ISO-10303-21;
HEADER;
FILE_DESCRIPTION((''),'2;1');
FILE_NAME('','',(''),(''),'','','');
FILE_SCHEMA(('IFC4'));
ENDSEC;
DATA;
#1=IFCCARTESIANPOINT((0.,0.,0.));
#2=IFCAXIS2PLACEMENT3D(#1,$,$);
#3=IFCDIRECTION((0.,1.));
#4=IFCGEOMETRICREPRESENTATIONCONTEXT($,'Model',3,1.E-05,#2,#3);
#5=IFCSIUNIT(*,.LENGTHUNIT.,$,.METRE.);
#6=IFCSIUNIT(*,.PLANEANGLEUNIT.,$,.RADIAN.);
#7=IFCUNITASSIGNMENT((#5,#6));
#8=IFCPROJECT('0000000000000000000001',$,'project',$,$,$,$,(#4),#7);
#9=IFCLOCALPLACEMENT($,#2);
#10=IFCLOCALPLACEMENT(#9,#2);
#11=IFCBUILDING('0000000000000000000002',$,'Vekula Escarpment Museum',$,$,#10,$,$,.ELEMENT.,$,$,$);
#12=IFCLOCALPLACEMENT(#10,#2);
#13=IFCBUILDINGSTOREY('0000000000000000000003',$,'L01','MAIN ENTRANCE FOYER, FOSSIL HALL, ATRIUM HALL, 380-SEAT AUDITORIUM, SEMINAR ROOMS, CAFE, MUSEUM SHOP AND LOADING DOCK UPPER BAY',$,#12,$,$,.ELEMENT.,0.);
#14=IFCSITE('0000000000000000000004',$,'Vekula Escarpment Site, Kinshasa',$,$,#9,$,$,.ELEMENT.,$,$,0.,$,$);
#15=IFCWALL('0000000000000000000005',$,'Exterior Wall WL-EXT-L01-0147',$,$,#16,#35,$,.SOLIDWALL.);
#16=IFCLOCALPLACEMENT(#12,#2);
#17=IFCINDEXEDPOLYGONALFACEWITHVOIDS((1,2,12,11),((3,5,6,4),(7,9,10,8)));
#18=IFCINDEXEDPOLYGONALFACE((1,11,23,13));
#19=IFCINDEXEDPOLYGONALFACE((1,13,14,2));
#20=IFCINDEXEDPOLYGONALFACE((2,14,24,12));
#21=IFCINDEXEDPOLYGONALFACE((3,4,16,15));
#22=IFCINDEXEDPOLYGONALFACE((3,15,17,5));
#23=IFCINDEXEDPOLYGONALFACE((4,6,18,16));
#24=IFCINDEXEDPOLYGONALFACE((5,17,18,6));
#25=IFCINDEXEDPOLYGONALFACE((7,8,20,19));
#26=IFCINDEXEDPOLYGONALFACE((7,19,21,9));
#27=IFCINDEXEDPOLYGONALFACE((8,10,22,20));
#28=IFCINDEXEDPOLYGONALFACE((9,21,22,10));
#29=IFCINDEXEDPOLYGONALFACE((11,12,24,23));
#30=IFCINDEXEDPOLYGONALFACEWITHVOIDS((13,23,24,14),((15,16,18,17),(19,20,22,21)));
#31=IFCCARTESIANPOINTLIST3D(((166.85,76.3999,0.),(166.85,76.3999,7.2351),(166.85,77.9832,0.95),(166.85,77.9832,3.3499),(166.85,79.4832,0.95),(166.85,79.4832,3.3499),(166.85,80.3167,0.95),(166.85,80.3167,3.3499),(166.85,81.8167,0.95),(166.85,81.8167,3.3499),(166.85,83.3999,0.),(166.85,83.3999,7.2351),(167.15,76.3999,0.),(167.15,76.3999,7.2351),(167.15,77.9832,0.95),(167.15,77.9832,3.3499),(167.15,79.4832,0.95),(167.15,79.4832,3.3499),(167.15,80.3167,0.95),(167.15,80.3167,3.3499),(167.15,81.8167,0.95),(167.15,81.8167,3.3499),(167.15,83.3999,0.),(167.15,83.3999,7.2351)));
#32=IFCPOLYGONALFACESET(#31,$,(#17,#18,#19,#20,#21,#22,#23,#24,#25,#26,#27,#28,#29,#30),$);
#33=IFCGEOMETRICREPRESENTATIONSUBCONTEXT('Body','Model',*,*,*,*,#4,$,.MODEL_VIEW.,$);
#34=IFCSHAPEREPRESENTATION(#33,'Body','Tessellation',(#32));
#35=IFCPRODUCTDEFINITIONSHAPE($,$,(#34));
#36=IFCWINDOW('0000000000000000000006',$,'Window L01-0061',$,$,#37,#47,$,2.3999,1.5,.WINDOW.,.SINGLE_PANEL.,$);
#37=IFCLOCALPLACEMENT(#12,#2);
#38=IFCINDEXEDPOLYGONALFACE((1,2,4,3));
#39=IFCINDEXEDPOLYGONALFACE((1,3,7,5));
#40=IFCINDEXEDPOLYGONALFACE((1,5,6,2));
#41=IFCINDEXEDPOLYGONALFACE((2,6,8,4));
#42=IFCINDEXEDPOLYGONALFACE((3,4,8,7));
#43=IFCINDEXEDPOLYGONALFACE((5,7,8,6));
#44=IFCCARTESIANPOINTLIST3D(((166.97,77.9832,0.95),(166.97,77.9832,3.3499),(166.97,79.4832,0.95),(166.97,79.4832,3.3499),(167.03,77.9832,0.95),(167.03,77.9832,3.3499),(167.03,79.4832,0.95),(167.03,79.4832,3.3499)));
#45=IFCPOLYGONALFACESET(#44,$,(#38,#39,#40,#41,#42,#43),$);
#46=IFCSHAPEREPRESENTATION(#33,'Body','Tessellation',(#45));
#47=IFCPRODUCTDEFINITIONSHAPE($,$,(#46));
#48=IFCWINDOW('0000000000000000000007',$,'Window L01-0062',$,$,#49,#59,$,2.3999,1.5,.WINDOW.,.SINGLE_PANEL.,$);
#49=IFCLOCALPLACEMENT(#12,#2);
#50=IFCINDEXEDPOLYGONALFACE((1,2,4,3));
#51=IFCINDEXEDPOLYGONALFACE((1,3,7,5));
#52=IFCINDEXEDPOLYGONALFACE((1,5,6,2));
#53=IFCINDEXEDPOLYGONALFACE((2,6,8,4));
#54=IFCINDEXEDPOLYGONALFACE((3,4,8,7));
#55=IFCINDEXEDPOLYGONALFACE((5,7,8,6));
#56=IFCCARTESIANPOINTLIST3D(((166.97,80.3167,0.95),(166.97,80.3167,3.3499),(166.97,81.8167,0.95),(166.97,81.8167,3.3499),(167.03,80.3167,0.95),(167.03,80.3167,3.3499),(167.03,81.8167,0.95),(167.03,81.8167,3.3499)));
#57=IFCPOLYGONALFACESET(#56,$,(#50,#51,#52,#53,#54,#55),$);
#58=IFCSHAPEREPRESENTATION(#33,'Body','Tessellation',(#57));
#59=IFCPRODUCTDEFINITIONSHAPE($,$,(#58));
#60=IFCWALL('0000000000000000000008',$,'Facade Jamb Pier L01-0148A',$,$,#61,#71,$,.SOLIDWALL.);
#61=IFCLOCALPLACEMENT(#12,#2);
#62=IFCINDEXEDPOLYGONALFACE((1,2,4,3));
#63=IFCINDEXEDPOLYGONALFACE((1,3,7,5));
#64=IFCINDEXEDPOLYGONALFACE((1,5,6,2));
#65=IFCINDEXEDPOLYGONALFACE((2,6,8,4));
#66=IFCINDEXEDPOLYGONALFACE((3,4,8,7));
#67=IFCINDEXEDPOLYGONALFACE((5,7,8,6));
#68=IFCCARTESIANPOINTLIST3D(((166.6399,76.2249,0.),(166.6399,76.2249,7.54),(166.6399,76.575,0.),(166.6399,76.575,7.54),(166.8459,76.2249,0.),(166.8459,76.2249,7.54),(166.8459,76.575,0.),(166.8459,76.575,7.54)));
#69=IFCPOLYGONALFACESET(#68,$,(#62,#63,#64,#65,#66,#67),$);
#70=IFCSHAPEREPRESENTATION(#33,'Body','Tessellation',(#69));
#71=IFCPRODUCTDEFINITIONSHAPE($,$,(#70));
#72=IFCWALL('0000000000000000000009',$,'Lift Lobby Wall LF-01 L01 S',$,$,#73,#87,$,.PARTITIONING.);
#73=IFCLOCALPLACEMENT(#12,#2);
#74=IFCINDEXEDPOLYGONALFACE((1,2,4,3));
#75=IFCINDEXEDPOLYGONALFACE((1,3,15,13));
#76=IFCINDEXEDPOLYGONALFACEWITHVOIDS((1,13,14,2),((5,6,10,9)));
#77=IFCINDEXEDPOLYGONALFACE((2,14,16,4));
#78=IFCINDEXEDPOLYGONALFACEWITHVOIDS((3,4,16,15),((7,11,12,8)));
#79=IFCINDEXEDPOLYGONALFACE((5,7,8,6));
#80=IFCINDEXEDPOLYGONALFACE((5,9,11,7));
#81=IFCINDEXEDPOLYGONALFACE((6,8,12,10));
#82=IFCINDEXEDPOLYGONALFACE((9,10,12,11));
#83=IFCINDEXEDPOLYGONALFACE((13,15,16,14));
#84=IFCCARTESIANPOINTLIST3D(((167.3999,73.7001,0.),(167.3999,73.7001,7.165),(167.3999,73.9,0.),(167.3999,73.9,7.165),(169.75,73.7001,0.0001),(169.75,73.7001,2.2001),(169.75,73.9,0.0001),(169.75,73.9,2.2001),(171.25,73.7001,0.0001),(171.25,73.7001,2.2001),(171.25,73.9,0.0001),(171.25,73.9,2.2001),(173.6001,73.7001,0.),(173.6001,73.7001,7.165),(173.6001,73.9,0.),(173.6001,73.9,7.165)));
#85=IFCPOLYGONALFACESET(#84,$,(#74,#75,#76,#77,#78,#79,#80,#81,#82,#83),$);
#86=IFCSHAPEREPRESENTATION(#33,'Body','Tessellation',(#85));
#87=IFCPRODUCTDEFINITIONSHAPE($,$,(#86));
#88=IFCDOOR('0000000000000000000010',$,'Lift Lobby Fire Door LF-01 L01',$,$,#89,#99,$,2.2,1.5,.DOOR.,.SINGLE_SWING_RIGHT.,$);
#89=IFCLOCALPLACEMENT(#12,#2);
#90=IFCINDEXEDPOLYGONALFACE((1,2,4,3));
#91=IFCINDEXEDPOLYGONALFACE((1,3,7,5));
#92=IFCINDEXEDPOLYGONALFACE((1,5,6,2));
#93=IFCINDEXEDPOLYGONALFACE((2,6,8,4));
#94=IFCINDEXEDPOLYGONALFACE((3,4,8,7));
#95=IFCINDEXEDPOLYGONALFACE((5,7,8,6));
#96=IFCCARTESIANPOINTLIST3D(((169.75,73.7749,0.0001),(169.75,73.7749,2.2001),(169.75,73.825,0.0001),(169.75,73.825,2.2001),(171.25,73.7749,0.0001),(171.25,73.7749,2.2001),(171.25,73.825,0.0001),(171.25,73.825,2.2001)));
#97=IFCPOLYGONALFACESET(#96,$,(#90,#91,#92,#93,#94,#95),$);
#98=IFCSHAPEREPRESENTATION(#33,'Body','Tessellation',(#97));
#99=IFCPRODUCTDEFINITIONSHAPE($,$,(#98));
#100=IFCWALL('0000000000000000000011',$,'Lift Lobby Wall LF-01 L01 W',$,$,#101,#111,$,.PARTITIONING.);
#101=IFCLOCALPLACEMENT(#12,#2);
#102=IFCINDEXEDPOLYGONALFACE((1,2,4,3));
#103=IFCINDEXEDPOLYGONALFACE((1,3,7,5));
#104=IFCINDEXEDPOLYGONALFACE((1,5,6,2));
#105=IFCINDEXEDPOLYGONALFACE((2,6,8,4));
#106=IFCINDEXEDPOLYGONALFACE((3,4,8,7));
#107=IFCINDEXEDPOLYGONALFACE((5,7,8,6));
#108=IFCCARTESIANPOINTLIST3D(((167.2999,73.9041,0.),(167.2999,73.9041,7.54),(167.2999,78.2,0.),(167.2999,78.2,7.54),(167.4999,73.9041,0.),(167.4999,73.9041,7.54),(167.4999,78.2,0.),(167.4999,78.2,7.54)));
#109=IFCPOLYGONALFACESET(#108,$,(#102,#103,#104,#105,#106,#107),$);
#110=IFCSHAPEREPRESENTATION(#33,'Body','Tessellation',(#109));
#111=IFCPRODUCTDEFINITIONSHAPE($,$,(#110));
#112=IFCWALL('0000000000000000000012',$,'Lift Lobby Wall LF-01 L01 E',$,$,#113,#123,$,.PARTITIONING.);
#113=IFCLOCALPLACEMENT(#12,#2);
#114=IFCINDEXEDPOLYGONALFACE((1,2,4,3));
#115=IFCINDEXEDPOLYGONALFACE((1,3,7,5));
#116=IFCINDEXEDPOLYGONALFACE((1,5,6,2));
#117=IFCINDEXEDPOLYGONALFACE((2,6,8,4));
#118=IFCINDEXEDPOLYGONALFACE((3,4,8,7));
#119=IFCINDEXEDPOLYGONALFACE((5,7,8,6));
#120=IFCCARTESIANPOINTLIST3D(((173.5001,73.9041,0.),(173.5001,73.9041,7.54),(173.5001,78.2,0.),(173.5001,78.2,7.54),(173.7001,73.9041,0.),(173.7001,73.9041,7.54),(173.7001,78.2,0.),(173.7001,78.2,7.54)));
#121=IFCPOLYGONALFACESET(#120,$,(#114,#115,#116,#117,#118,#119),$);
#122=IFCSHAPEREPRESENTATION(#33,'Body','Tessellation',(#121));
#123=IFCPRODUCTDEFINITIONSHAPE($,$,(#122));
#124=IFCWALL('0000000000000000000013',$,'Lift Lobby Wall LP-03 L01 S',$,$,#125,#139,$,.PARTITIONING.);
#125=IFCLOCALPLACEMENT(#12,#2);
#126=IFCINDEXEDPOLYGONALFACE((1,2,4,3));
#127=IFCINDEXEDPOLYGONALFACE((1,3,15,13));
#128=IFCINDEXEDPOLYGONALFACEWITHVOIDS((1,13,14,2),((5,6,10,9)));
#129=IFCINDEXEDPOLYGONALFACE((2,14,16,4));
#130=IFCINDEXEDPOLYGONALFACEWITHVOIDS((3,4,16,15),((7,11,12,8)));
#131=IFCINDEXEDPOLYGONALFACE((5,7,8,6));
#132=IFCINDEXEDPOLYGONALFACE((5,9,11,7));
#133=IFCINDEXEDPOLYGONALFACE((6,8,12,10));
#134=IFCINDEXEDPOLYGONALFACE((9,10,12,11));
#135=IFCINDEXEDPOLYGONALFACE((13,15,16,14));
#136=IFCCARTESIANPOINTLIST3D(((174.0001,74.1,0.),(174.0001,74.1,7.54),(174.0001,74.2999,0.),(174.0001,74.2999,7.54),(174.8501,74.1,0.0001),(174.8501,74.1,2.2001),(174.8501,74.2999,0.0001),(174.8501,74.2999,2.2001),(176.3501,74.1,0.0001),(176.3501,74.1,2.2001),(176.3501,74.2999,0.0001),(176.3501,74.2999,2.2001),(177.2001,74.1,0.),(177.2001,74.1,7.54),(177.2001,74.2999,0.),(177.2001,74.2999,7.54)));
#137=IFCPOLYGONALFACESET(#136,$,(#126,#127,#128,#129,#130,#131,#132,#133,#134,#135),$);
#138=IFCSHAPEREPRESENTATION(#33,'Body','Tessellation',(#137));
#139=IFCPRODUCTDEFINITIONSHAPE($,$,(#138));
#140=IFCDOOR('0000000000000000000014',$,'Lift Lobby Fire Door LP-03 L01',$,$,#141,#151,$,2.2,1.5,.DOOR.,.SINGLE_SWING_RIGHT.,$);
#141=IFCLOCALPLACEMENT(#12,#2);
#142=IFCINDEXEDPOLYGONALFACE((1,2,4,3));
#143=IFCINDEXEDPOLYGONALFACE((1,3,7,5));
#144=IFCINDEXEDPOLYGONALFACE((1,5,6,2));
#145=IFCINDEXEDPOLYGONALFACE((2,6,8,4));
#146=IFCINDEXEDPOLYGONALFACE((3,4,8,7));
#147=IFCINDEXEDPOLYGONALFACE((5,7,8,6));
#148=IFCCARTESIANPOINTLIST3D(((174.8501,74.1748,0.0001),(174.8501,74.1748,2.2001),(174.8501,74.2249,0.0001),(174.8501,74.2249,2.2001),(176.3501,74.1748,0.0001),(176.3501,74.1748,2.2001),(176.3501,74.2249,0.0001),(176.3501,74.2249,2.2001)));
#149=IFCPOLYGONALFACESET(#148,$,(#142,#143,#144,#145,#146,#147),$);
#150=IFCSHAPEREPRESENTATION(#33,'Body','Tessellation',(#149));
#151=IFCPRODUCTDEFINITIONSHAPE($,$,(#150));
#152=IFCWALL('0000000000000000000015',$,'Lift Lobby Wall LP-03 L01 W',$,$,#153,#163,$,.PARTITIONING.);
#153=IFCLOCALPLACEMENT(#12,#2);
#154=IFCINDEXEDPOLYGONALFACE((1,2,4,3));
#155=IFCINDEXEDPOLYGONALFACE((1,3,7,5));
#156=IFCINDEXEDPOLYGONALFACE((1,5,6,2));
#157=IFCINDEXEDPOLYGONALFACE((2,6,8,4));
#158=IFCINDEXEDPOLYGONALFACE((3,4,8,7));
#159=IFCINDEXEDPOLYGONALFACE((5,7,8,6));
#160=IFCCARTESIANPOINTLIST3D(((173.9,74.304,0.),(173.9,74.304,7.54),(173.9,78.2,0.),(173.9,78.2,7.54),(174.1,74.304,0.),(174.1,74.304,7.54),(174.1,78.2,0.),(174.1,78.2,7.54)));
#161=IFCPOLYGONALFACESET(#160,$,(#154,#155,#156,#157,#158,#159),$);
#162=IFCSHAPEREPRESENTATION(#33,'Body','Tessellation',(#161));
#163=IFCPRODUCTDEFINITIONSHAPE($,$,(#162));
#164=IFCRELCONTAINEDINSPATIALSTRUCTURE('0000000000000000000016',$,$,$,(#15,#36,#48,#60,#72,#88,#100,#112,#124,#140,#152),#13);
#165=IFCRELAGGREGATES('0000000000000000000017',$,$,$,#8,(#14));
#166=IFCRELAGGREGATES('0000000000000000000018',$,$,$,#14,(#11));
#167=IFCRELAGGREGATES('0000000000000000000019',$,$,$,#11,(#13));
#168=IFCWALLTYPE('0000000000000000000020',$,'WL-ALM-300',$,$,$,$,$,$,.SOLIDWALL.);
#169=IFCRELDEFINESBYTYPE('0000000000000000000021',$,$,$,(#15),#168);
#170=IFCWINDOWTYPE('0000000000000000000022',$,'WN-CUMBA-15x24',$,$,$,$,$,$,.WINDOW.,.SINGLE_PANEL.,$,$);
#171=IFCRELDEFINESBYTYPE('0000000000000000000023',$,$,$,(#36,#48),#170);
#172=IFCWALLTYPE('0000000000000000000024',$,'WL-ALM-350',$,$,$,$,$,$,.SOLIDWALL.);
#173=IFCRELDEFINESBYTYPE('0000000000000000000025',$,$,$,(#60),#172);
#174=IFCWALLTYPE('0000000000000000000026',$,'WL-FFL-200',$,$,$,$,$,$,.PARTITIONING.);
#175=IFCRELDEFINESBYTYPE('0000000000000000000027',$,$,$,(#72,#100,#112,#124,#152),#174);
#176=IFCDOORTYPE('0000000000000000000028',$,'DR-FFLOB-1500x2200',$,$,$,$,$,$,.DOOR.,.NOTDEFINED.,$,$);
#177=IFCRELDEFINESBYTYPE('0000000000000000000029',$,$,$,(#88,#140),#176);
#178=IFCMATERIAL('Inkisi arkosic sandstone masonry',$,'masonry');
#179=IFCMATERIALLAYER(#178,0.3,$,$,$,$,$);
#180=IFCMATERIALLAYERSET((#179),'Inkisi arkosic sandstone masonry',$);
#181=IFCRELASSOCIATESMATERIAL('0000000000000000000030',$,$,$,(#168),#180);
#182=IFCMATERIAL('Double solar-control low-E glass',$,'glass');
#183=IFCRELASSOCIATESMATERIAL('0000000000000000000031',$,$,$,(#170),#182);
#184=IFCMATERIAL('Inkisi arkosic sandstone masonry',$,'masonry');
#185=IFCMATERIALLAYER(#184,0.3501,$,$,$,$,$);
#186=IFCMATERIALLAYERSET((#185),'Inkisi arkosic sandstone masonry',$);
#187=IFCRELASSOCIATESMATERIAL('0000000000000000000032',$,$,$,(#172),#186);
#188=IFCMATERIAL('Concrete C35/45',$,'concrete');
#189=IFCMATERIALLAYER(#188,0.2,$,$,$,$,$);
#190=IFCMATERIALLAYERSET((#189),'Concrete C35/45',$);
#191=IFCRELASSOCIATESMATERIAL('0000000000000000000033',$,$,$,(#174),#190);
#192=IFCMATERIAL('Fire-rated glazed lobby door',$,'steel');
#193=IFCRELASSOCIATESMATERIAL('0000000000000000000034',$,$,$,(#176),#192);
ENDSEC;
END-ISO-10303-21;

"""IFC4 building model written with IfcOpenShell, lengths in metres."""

from ifc_helpers import new_model, si_unit, direction, frame, frame_2d, origin, place, context, subcontext, project, spatial, rectangle, extrude, material, layer, layer_set, type_object, element, fill, save


model = new_model("IFC4")

# Units and contexts
model_context = context("Model", 3, precision=1e-05, world=origin(), true_north=direction((0.0, 1.0)))
body_context = subcontext(model_context, "Body", "Model", "MODEL_VIEW")
ifc_project = project(units=[si_unit("LENGTHUNIT", "METRE"), si_unit("PLANEANGLEUNIT", "RADIAN")], contexts=[model_context])

# Site, building, storey
site_placement = place(None, origin())
site = spatial("IfcSite", under=ifc_project, at=site_placement, Name="Vekula Escarpment Site, Kinshasa", CompositionType="ELEMENT", RefElevation=0.0)
building_placement = place(site_placement, origin())
building = spatial("IfcBuilding", under=site, at=building_placement, Name="Vekula Escarpment Museum", CompositionType="ELEMENT")
storey_placement = place(building_placement, origin())
storey = spatial("IfcBuildingStorey", under=building, at=storey_placement, Name="L01", Description="MAIN ENTRANCE FOYER, FOSSIL HALL, ATRIUM HALL, 380-SEAT AUDITORIUM, SEMINAR ROOMS, CAFE, MUSEUM SHOP AND LOADING DOCK UPPER BAY", CompositionType="ELEMENT", Elevation=0.0)

# Wall, openings, windows
ifc_material_1 = material(Name="Inkisi arkosic sandstone masonry", Category="masonry")
ifc_layer_1 = layer(ifc_material_1, 0.3)
ifc_layer_set_1 = layer_set([ifc_layer_1], Name="Inkisi arkosic sandstone masonry")
wall_type_1 = type_object("IfcWallType", Name="WL-ALM-300", PredefinedType="SOLIDWALL", material=ifc_layer_set_1)
wall_1_placement = place(storey_placement, frame((167.0, 76.3999, 0.0), z_axis=(0.0, 0.0, 1.0), x_axis=(0.0, 1.0, 0.0)))
wall_1 = element("IfcWall", 1, at=wall_1_placement, inside=storey, type_object=wall_type_1, Name="Exterior Wall WL-EXT-L01-0147", PredefinedType="SOLIDWALL", context=body_context, shape_type="SweptSolid", body=[
    extrude(rectangle(XDim=7.0, YDim=0.3, at=frame_2d((3.5, 0.0))), origin(), (0.0, 0.0, 1.0), 7.2351),
])
opening_1_placement = place(wall_1_placement, frame((1.5833, 0.0, 0.95)))
opening_1 = element("IfcOpeningElement", 2, at=opening_1_placement, cuts=wall_1, PredefinedType="OPENING", context=body_context, shape_type="SweptSolid", body=[
    extrude(rectangle(XDim=1.5, YDim=2.3999, at=frame_2d((0.75, 1.2))), frame((0.0, 0.1599, 0.0), z_axis=(0.0, -1.0, 0.0), x_axis=(1.0, 0.0, 0.0)), (0.0, 0.0, 1.0), 0.3201),
])
opening_2_placement = place(wall_1_placement, frame((3.9167, 0.0, 0.95)))
opening_2 = element("IfcOpeningElement", 3, at=opening_2_placement, cuts=wall_1, PredefinedType="OPENING", context=body_context, shape_type="SweptSolid", body=[
    extrude(rectangle(XDim=1.5, YDim=2.3999, at=frame_2d((0.75, 1.2))), frame((0.0, 0.1599, 0.0), z_axis=(0.0, -1.0, 0.0), x_axis=(1.0, 0.0, 0.0)), (0.0, 0.0, 1.0), 0.3201),
])
ifc_material_2 = material(Name="Double solar-control low-E glass", Category="glass")
window_type = type_object("IfcWindowType", Name="WN-CUMBA-15x24", PartitioningType="SINGLE_PANEL", PredefinedType="WINDOW", material=ifc_material_2)
window_1_placement = place(opening_1_placement, origin())
window_1 = element("IfcWindow", 4, at=window_1_placement, inside=storey, type_object=window_type, Name="Window L01-0061", OverallHeight=2.3999, OverallWidth=1.5, PartitioningType="SINGLE_PANEL", PredefinedType="WINDOW", context=body_context, shape_type="SweptSolid", body=[
    extrude(rectangle(XDim=1.5, YDim=2.3999, at=frame_2d((0.75, 1.2))), frame((0.0, 0.03, 0.0), z_axis=(0.0, -1.0, 0.0), x_axis=(1.0, 0.0, 0.0)), (0.0, 0.0, 1.0), 0.0601),
])
fill(opening_1, window_1)
window_2_placement = place(opening_2_placement, origin())
window_2 = element("IfcWindow", 5, at=window_2_placement, inside=storey, type_object=window_type, Name="Window L01-0062", OverallHeight=2.3999, OverallWidth=1.5, PartitioningType="SINGLE_PANEL", PredefinedType="WINDOW", context=body_context, shape_type="SweptSolid", body=[
    extrude(rectangle(XDim=1.5, YDim=2.3999, at=frame_2d((0.75, 1.2))), frame((0.0, 0.03, 0.0), z_axis=(0.0, -1.0, 0.0), x_axis=(1.0, 0.0, 0.0)), (0.0, 0.0, 1.0), 0.0601),
])
fill(opening_2, window_2)

# Wall
ifc_material_3 = material(Name="Inkisi arkosic sandstone masonry", Category="masonry")
ifc_layer_2 = layer(ifc_material_3, 0.3501)
ifc_layer_set_2 = layer_set([ifc_layer_2], Name="Inkisi arkosic sandstone masonry")
wall_type_2 = type_object("IfcWallType", Name="WL-ALM-350", PredefinedType="SOLIDWALL", material=ifc_layer_set_2)
wall_2_placement = place(storey_placement, frame((166.8459, 76.3999, 0.0), z_axis=(0.0, 0.0, 1.0), x_axis=(-1.0, 0.0, 0.0)))
element("IfcWall", 6, at=wall_2_placement, inside=storey, type_object=wall_type_2, Name="Facade Jamb Pier L01-0148A", PredefinedType="SOLIDWALL", context=body_context, shape_type="SweptSolid", body=[
    extrude(rectangle(XDim=0.2061, YDim=0.3501, at=frame_2d((0.103, 0.0))), origin(), (0.0, 0.0, 1.0), 7.54),
])

# Wall, opening, door
ifc_material_4 = material(Name="Concrete C35/45", Category="concrete")
ifc_layer_3 = layer(ifc_material_4, 0.2)
ifc_layer_set_3 = layer_set([ifc_layer_3], Name="Concrete C35/45")
wall_type_3 = type_object("IfcWallType", Name="WL-FFL-200", PredefinedType="PARTITIONING", material=ifc_layer_set_3)
wall_3_placement = place(storey_placement, frame((167.3999, 73.8, 0.0), z_axis=(0.0, 0.0, 1.0), x_axis=(1.0, 0.0, 0.0)))
wall_3 = element("IfcWall", 7, at=wall_3_placement, inside=storey, type_object=wall_type_3, Name="Lift Lobby Wall LF-01 L01 S", PredefinedType="PARTITIONING", context=body_context, shape_type="SweptSolid", body=[
    extrude(rectangle(XDim=6.2002, YDim=0.2, at=frame_2d((3.1001, 0.0))), origin(), (0.0, 0.0, 1.0), 7.165),
])
opening_3_placement = place(wall_3_placement, frame((2.3501, 0.0, 0.0)))
opening_3 = element("IfcOpeningElement", 8, at=opening_3_placement, cuts=wall_3, PredefinedType="OPENING", context=body_context, shape_type="SweptSolid", body=[
    extrude(rectangle(XDim=1.5, YDim=2.2, at=frame_2d((0.75, 1.1001))), frame((0.0, 0.1099, 0.0), z_axis=(0.0, -1.0, 0.0), x_axis=(1.0, 0.0, 0.0)), (0.0, 0.0, 1.0), 0.22),
])
ifc_material_5 = material(Name="Fire-rated glazed lobby door", Category="steel")
door_type_1 = type_object("IfcDoorType", Name="DR-FFLOB-1500x2200", OperationType="NOTDEFINED", PredefinedType="DOOR", material=ifc_material_5)
door_1_placement = place(opening_3_placement, origin())
door_1 = element("IfcDoor", 9, at=door_1_placement, inside=storey, type_object=door_type_1, Name="Lift Lobby Fire Door LF-01 L01", OperationType="SINGLE_SWING_RIGHT", OverallHeight=2.2, OverallWidth=1.5, PredefinedType="DOOR", context=body_context, shape_type="SweptSolid", body=[
    extrude(rectangle(XDim=1.5, YDim=2.2, at=frame_2d((0.75, 1.1001))), frame((0.0, 0.0249, 0.0), z_axis=(0.0, -1.0, 0.0), x_axis=(1.0, 0.0, 0.0)), (0.0, 0.0, 1.0), 0.05),
])
fill(opening_3, door_1)

# Walls
for number, where, z_axis, x_axis, name in (
    (10, (167.3999, 73.9041, 0.0), (0.0, 0.0, 1.0), (0.0, 1.0, 0.0), "Lift Lobby Wall LF-01 L01 W"),
    (11, (173.6001, 73.9041, 0.0), (0.0, 0.0, 1.0), (0.0, 1.0, 0.0), "Lift Lobby Wall LF-01 L01 E"),
):
    element("IfcWall", number, at=place(storey_placement, frame(where, z_axis=z_axis, x_axis=x_axis)), inside=storey, type_object=wall_type_3, Name=name, PredefinedType="PARTITIONING", context=body_context, shape_type="SweptSolid", body=[
        extrude(rectangle(XDim=4.2959, YDim=0.2, at=frame_2d((2.1479, 0.0))), origin(), (0.0, 0.0, 1.0), 7.54),
    ])

# Wall, opening, door
wall_4_placement = place(storey_placement, frame((174.0, 74.2, 0.0), z_axis=(0.0, 0.0, 1.0), x_axis=(1.0, 0.0, 0.0)))
wall_4 = element("IfcWall", 12, at=wall_4_placement, inside=storey, type_object=wall_type_3, Name="Lift Lobby Wall LP-03 L01 S", PredefinedType="PARTITIONING", context=body_context, shape_type="SweptSolid", body=[
    extrude(rectangle(XDim=3.2, YDim=0.2, at=frame_2d((1.6001, 0.0))), origin(), (0.0, 0.0, 1.0), 7.54),
])
opening_4_placement = place(wall_4_placement, frame((0.8501, 0.0, 0.0)))
opening_4 = element("IfcOpeningElement", 13, at=opening_4_placement, cuts=wall_4, PredefinedType="OPENING", context=body_context, shape_type="SweptSolid", body=[
    extrude(rectangle(XDim=1.5, YDim=2.2, at=frame_2d((0.75, 1.1001))), frame((0.0, 0.1099, 0.0), z_axis=(0.0, -1.0, 0.0), x_axis=(1.0, 0.0, 0.0)), (0.0, 0.0, 1.0), 0.22),
])
door_2_placement = place(opening_4_placement, origin())
door_2 = element("IfcDoor", 14, at=door_2_placement, inside=storey, type_object=door_type_1, Name="Lift Lobby Fire Door LP-03 L01", OperationType="SINGLE_SWING_RIGHT", OverallHeight=2.2, OverallWidth=1.5, PredefinedType="DOOR", context=body_context, shape_type="SweptSolid", body=[
    extrude(rectangle(XDim=1.5, YDim=2.2, at=frame_2d((0.75, 1.1001))), frame((0.0, 0.0249, 0.0), z_axis=(0.0, -1.0, 0.0), x_axis=(1.0, 0.0, 0.0)), (0.0, 0.0, 1.0), 0.05),
])
fill(opening_4, door_2)

# Wall
wall_5_placement = place(storey_placement, frame((174.0, 74.304, 0.0), z_axis=(0.0, 0.0, 1.0), x_axis=(0.0, 1.0, 0.0)))
element("IfcWall", 15, at=wall_5_placement, inside=storey, type_object=wall_type_3, Name="Lift Lobby Wall LP-03 L01 W", PredefinedType="PARTITIONING", context=body_context, shape_type="SweptSolid", body=[
    extrude(rectangle(XDim=3.896, YDim=0.2, at=frame_2d((1.948, 0.0))), origin(), (0.0, 0.0, 1.0), 7.54),
])

save(model, "model.ifc")
